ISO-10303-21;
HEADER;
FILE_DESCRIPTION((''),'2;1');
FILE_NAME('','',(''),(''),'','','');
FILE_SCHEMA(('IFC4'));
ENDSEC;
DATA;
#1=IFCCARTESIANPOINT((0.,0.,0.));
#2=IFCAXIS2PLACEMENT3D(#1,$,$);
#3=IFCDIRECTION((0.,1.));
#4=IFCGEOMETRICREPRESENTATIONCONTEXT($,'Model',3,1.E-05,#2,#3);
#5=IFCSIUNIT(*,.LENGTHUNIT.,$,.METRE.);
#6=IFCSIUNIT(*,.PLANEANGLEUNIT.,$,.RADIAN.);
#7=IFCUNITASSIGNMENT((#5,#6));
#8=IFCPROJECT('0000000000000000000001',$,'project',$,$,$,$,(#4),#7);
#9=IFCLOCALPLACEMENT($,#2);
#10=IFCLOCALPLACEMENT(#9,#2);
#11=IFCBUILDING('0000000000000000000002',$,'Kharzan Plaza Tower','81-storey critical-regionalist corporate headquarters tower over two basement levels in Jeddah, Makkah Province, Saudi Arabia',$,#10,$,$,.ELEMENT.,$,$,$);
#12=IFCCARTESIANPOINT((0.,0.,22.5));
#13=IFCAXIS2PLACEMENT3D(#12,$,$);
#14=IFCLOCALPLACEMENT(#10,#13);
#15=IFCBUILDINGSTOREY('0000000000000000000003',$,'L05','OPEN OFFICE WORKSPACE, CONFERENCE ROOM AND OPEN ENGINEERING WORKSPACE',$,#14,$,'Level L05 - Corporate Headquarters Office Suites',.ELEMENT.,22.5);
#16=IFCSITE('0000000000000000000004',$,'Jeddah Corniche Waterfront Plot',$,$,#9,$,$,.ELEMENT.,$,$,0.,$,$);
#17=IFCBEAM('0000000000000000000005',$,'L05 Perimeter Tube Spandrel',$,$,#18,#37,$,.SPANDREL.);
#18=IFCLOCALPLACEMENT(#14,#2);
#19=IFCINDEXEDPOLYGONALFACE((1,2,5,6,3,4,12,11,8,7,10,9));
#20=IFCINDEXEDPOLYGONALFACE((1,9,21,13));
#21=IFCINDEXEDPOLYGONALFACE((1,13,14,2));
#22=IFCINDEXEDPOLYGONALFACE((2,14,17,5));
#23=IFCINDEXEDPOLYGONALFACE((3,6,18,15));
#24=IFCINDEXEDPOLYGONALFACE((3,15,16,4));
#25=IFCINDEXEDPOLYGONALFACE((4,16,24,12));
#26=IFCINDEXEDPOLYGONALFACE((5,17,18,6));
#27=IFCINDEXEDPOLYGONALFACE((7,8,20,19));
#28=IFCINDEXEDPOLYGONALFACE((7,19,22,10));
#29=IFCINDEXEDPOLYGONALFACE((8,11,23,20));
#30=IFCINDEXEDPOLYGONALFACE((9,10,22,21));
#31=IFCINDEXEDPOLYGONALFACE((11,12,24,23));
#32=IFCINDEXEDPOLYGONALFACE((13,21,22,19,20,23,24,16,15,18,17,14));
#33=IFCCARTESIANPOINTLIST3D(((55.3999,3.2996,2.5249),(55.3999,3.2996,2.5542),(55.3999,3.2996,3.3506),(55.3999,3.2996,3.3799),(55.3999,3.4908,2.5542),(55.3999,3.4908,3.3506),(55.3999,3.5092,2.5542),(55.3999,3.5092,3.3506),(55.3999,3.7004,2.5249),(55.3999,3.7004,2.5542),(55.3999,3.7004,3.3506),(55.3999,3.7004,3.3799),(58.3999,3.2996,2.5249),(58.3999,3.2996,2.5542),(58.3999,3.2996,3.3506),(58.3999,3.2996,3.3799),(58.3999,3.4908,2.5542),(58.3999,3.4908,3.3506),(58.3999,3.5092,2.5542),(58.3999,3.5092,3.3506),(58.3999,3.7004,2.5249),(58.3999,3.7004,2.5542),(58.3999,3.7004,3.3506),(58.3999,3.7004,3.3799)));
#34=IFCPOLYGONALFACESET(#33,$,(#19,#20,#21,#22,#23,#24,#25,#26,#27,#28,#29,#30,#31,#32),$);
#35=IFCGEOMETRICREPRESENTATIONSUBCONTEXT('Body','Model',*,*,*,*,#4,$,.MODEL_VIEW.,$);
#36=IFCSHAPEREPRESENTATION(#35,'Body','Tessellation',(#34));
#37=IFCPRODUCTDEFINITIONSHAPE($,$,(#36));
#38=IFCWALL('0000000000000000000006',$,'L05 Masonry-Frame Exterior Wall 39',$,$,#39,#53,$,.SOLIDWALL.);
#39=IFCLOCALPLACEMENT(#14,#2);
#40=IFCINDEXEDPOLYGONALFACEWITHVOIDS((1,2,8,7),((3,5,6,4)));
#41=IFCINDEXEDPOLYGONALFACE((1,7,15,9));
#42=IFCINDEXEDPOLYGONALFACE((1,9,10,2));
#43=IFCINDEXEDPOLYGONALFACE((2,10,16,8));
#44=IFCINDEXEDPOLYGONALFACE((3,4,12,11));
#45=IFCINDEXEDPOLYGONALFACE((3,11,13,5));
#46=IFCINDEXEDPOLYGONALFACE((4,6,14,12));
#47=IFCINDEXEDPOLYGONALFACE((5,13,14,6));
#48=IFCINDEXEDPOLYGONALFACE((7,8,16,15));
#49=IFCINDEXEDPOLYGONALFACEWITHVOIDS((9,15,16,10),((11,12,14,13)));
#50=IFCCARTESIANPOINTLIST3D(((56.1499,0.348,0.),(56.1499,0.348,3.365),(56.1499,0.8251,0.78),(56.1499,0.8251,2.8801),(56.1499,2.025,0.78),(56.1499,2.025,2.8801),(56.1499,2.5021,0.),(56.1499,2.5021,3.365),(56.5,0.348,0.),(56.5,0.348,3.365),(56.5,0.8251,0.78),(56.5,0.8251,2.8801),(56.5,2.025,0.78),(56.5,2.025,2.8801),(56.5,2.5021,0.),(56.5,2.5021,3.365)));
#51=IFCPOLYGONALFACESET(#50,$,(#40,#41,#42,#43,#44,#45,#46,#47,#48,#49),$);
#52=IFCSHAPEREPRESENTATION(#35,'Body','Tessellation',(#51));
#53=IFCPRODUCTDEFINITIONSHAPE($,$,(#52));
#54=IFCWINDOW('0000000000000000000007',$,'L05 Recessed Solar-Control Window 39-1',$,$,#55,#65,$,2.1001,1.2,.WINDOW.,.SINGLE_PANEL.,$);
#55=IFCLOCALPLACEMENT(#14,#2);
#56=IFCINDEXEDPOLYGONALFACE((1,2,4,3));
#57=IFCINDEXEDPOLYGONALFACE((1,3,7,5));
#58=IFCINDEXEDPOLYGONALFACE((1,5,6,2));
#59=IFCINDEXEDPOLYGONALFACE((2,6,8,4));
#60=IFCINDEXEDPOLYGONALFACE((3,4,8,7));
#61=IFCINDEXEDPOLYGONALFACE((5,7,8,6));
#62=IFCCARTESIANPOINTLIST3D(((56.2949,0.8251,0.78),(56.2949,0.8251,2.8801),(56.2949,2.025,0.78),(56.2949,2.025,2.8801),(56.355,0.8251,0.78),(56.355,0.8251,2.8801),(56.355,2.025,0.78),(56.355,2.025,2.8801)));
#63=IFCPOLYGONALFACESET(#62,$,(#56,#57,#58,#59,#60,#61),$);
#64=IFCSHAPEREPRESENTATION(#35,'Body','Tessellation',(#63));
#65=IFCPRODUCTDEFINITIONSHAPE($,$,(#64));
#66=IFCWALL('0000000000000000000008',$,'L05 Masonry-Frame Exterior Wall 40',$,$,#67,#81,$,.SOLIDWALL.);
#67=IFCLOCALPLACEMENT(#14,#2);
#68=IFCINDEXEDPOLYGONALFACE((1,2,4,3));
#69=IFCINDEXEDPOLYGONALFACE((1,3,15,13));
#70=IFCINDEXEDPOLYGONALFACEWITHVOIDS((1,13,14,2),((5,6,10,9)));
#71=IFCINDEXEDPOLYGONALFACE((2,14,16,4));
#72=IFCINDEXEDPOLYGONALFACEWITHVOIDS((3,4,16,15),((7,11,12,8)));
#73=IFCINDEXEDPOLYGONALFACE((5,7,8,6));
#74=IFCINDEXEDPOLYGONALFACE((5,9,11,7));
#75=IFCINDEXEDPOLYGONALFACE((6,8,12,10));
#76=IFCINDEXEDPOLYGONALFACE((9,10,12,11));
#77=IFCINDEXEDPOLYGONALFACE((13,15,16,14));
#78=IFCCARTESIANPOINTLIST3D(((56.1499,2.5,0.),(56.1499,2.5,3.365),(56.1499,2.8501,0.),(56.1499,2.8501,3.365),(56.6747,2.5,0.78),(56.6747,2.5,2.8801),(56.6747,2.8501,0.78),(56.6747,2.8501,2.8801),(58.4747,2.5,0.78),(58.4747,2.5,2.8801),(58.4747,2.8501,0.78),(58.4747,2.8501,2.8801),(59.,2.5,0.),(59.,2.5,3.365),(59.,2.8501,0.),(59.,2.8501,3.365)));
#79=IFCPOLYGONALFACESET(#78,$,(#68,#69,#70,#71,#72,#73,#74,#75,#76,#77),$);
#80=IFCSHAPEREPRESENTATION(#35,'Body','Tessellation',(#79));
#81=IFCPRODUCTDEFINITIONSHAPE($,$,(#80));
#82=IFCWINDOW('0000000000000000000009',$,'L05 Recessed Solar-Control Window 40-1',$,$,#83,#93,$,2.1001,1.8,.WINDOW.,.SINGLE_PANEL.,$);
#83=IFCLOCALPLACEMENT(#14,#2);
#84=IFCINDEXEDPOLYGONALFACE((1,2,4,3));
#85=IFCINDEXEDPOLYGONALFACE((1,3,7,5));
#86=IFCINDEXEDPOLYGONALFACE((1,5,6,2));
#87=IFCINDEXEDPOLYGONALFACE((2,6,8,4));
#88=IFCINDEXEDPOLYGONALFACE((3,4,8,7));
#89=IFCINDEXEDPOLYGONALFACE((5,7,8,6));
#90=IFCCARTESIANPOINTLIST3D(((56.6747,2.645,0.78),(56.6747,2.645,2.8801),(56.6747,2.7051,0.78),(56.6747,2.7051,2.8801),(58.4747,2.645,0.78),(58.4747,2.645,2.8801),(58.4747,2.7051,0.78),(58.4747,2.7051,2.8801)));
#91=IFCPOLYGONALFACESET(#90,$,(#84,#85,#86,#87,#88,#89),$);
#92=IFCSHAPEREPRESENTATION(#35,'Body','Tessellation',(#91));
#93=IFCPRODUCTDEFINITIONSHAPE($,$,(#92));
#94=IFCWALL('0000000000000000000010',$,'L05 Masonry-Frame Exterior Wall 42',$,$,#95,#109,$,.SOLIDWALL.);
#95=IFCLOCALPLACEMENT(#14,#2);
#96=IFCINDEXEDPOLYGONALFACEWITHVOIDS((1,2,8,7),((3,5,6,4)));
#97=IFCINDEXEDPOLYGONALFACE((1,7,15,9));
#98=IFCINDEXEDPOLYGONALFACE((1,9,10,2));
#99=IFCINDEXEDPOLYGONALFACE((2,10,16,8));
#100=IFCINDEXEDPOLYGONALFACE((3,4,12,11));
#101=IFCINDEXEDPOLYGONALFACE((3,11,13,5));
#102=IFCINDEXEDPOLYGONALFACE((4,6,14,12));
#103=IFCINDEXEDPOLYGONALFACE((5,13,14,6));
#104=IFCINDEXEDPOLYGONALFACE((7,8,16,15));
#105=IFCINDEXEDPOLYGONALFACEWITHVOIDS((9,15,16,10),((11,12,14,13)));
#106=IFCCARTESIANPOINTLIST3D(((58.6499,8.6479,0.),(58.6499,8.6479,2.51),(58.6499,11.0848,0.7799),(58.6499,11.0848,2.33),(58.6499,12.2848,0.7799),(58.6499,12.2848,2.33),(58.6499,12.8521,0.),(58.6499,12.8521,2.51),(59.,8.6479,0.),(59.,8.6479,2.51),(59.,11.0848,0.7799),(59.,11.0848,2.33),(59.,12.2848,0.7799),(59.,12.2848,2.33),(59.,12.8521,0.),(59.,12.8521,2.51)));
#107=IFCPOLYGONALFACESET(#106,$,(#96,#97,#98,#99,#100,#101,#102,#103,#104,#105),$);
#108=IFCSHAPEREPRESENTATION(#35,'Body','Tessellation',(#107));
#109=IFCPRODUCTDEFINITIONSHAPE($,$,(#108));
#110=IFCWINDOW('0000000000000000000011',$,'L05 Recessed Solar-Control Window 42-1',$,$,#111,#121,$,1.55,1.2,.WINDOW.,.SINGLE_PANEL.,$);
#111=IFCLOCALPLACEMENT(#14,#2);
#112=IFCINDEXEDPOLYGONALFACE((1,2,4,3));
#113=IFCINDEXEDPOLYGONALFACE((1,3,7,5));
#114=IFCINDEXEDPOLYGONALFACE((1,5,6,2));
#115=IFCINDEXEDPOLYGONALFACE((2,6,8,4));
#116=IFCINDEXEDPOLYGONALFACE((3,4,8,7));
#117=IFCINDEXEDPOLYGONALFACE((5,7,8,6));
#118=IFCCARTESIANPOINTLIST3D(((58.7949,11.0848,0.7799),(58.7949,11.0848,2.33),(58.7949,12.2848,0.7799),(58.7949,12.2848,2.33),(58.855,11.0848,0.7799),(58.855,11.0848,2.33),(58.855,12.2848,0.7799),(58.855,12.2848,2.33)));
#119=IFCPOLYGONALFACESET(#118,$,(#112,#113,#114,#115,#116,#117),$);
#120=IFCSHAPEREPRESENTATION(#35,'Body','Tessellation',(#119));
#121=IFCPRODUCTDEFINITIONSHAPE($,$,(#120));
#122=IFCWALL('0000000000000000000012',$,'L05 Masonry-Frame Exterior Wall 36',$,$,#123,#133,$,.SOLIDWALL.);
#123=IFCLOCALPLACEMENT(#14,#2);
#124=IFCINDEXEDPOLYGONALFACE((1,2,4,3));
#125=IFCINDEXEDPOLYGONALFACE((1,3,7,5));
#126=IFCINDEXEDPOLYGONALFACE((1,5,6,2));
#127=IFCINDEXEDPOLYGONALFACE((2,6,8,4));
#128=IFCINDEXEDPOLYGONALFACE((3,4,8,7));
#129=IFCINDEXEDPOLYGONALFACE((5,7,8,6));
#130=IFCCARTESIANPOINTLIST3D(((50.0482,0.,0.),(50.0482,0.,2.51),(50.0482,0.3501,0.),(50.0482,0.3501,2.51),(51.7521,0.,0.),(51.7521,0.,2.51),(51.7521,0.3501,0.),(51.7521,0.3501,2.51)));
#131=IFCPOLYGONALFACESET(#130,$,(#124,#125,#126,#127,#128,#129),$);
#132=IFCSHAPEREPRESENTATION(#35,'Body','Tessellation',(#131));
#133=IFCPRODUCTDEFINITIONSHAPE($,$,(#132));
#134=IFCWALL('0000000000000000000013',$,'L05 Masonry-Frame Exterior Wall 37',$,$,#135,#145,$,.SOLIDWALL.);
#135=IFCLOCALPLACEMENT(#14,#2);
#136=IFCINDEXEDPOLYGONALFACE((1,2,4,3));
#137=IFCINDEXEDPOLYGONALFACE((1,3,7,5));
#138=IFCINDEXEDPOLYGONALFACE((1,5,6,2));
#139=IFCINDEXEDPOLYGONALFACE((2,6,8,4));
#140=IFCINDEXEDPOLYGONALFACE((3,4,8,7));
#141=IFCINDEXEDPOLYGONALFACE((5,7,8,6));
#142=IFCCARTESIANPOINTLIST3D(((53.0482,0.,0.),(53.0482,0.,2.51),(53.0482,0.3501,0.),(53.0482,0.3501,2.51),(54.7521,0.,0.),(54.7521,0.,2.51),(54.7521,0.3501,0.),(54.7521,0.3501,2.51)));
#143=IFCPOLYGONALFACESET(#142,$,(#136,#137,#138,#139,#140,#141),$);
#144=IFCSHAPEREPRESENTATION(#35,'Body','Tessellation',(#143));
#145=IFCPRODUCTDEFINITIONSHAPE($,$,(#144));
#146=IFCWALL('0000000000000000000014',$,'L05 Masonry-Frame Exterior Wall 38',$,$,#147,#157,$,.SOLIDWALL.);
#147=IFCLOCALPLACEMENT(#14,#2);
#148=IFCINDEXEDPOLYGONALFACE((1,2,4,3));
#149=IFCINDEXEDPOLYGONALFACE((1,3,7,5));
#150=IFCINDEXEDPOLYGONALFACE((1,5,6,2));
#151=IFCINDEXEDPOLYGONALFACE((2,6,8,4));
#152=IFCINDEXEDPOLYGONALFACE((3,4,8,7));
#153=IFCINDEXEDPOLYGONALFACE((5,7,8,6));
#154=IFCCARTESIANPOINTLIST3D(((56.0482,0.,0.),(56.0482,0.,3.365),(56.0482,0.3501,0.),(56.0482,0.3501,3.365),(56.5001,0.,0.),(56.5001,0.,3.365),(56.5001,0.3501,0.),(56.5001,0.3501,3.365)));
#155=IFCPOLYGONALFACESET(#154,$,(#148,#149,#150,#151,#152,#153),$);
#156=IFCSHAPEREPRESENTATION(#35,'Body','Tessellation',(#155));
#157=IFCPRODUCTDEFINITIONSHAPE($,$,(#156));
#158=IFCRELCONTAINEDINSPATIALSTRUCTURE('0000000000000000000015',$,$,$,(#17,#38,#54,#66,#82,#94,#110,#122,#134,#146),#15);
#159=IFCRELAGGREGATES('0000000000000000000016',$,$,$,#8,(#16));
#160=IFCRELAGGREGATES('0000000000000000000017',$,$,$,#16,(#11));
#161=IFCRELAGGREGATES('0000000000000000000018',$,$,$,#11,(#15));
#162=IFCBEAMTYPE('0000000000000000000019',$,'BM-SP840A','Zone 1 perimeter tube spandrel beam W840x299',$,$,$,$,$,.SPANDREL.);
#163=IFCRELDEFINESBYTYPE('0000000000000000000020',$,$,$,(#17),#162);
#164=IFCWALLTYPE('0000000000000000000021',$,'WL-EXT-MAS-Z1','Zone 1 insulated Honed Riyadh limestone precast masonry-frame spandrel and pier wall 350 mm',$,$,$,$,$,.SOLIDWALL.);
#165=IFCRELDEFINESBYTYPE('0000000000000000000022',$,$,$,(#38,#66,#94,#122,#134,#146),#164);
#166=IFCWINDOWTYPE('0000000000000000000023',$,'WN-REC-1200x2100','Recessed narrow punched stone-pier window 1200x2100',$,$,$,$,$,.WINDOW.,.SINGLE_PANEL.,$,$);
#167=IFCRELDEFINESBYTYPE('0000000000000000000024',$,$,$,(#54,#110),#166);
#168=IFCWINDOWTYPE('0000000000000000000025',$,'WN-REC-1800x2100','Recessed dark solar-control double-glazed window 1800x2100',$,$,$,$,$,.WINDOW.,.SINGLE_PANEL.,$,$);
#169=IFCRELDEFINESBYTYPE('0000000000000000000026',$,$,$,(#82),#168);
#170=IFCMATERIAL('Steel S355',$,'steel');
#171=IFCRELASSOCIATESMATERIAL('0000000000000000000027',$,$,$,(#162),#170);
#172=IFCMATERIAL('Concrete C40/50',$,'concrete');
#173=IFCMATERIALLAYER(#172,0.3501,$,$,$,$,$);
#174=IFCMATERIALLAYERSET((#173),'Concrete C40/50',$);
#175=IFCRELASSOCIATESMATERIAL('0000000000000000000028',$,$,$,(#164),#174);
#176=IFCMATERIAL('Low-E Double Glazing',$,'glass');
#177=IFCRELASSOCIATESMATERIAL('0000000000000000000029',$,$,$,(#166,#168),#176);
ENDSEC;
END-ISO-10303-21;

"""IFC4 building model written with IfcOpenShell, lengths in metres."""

from ifc_helpers import new_model, si_unit, direction, frame, frame_2d, origin, origin_2d, place, context, subcontext, project, spatial, rectangle, i_section, extrude, source, transform, mapped, material, layer, layer_set, material_profile, profile_set, type_object, element, fill, save


model = new_model("IFC4")

# Units and contexts
model_context = context("Model", 3, precision=1e-05, world=origin(), true_north=direction((0.0, 1.0)))
body_context = subcontext(model_context, "Body", "Model", "MODEL_VIEW")
ifc_project = project(units=[si_unit("LENGTHUNIT", "METRE"), si_unit("PLANEANGLEUNIT", "RADIAN")], contexts=[model_context])

# Site, building, storey
site_placement = place(None, origin())
site = spatial("IfcSite", under=ifc_project, at=site_placement, Name="Jeddah Corniche Waterfront Plot", CompositionType="ELEMENT", RefElevation=0.0)
building_placement = place(site_placement, origin())
building = spatial("IfcBuilding", under=site, at=building_placement, Name="Kharzan Plaza Tower", Description="81-storey critical-regionalist corporate headquarters tower over two basement levels in Jeddah, Makkah Province, Saudi Arabia", CompositionType="ELEMENT")
storey_placement = place(building_placement, frame((0.0, 0.0, 22.5)))
storey = spatial("IfcBuildingStorey", under=building, at=storey_placement, Name="L05", Description="OPEN OFFICE WORKSPACE, CONFERENCE ROOM AND OPEN ENGINEERING WORKSPACE", LongName="Level L05 - Corporate Headquarters Office Suites", CompositionType="ELEMENT", Elevation=22.5)

# Beam
ifc_material_1 = material(Name="Steel S355", Category="steel")
ifc_material_profile_1 = material_profile(ifc_material_1, i_section(OverallWidth=0.4009, OverallDepth=0.855, WebThickness=0.0183, FlangeThickness=0.0293, at=origin_2d()), Name="W840x299")
ifc_profile_set_1 = profile_set([ifc_material_profile_1], Name="Steel S355")
beam_type_1 = type_object("IfcBeamType", Name="BM-SP840A", Description="Zone 1 perimeter tube spandrel beam W840x299", PredefinedType="SPANDREL", material=ifc_profile_set_1)
shared_shape_1 = source(origin(), body_context, "Body", "SweptSolid", [
    extrude(i_section(OverallWidth=0.4009, OverallDepth=0.855, WebThickness=0.0183, FlangeThickness=0.0293, at=origin_2d()), origin(), (0.0, 0.0, 1.0), 3.0),
])
for number, where, z_axis, x_axis, name in (
    (1, (55.3999, 3.5, 2.9524), (1.0, 0.0, 0.0), (0.0, 1.0, 0.0), "L05 Perimeter Tube Spandrel"),
):
    element("IfcBeam", number, at=place(storey_placement, frame(where, z_axis=z_axis, x_axis=x_axis)), inside=storey, type_object=beam_type_1, Name=name, PredefinedType="SPANDREL", context=body_context, shape_type="MappedRepresentation", body=[
        mapped(shared_shape_1, transform((0.0, 0.0, 0.0), x_axis=(1.0, 0.0, 0.0), y_axis=(0.0, 1.0, 0.0), z_axis=(0.0, 0.0, 1.0))),
    ])

# Walls, openings, windows
ifc_material_2 = material(Name="Concrete C40/50", Category="concrete")
ifc_layer = layer(ifc_material_2, 0.3501)
ifc_layer_set = layer_set([ifc_layer], Name="Concrete C40/50")
wall_type = type_object("IfcWallType", Name="WL-EXT-MAS-Z1", Description="Zone 1 insulated Honed Riyadh limestone precast masonry-frame spandrel and pier wall 350 mm", PredefinedType="SOLIDWALL", material=ifc_layer_set)
wall_1_placement = place(storey_placement, frame((56.325, 0.3479, 0.0), z_axis=(0.0, 0.0, 1.0), x_axis=(0.0, 1.0, 0.0)))
wall_1 = element("IfcWall", 2, at=wall_1_placement, inside=storey, type_object=wall_type, Name="L05 Masonry-Frame Exterior Wall 39", PredefinedType="SOLIDWALL", context=body_context, shape_type="SweptSolid", body=[
    extrude(rectangle(XDim=2.1541, YDim=0.3501, at=frame_2d((1.0771, 0.0))), origin(), (0.0, 0.0, 1.0), 3.365),
])
opening_1_placement = place(wall_1_placement, frame((0.4771, 0.0, 0.78)))
opening_1 = element("IfcOpeningElement", 3, at=opening_1_placement, cuts=wall_1, PredefinedType="OPENING", context=body_context, shape_type="SweptSolid", body=[
    extrude(rectangle(XDim=1.2, YDim=2.1001, at=frame_2d((0.6001, 1.05))), frame((0.0, 0.1851, 0.0), z_axis=(0.0, -1.0, 0.0), x_axis=(1.0, 0.0, 0.0)), (0.0, 0.0, 1.0), 0.3701),
])
ifc_material_3 = material(Name="Low-E Double Glazing", Category="glass")
window_type_1 = type_object("IfcWindowType", Name="WN-REC-1200x2100", Description="Recessed narrow punched stone-pier window 1200x2100", PartitioningType="SINGLE_PANEL", PredefinedType="WINDOW", material=ifc_material_3)
shared_shape_2 = source(origin(), body_context, "Body", "SweptSolid", [
    extrude(rectangle(XDim=1.2, YDim=2.1001, at=frame_2d((0.6001, 1.05))), frame((0.0, 0.03, 0.0), z_axis=(0.0, -1.0, 0.0), x_axis=(1.0, 0.0, 0.0)), (0.0, 0.0, 1.0), 0.0601),
])
window_1_placement = place(opening_1_placement, origin())
window_1 = element("IfcWindow", 4, at=window_1_placement, inside=storey, type_object=window_type_1, Name="L05 Recessed Solar-Control Window 39-1", OverallHeight=2.1001, OverallWidth=1.2, PartitioningType="SINGLE_PANEL", PredefinedType="WINDOW", context=body_context, shape_type="MappedRepresentation", body=[
    mapped(shared_shape_2, transform((0.0, 0.0, 0.0), x_axis=(1.0, 0.0, 0.0), y_axis=(0.0, 1.0, 0.0), z_axis=(0.0, 0.0, 1.0))),
])
fill(opening_1, window_1)
wall_2_placement = place(storey_placement, frame((56.1499, 2.675, 0.0), z_axis=(0.0, 0.0, 1.0), x_axis=(1.0, 0.0, 0.0)))
wall_2 = element("IfcWall", 5, at=wall_2_placement, inside=storey, type_object=wall_type, Name="L05 Masonry-Frame Exterior Wall 40", PredefinedType="SOLIDWALL", context=body_context, shape_type="SweptSolid", body=[
    extrude(rectangle(XDim=2.8501, YDim=0.3501, at=frame_2d((1.425, 0.0))), origin(), (0.0, 0.0, 1.0), 3.365),
])
opening_2_placement = place(wall_2_placement, frame((0.5249, 0.0, 0.78)))
opening_2 = element("IfcOpeningElement", 6, at=opening_2_placement, cuts=wall_2, PredefinedType="OPENING", context=body_context, shape_type="SweptSolid", body=[
    extrude(rectangle(XDim=1.8, YDim=2.1001, at=frame_2d((0.8999, 1.05))), frame((0.0, 0.1851, 0.0), z_axis=(0.0, -1.0, 0.0), x_axis=(1.0, 0.0, 0.0)), (0.0, 0.0, 1.0), 0.3701),
])
window_type_2 = type_object("IfcWindowType", Name="WN-REC-1800x2100", Description="Recessed dark solar-control double-glazed window 1800x2100", PartitioningType="SINGLE_PANEL", PredefinedType="WINDOW", material=ifc_material_3)
shared_shape_3 = source(origin(), body_context, "Body", "SweptSolid", [
    extrude(rectangle(XDim=1.8, YDim=2.1001, at=frame_2d((0.8999, 1.05))), frame((0.0, 0.03, 0.0), z_axis=(0.0, -1.0, 0.0), x_axis=(1.0, 0.0, 0.0)), (0.0, 0.0, 1.0), 0.0601),
])
window_2_placement = place(opening_2_placement, origin())
window_2 = element("IfcWindow", 7, at=window_2_placement, inside=storey, type_object=window_type_2, Name="L05 Recessed Solar-Control Window 40-1", OverallHeight=2.1001, OverallWidth=1.8, PartitioningType="SINGLE_PANEL", PredefinedType="WINDOW", context=body_context, shape_type="MappedRepresentation", body=[
    mapped(shared_shape_3, transform((0.0, 0.0, 0.0), x_axis=(1.0, 0.0, 0.0), y_axis=(0.0, 1.0, 0.0), z_axis=(0.0, 0.0, 1.0))),
])
fill(opening_2, window_2)
wall_3_placement = place(storey_placement, frame((58.825, 8.6479, 0.0), z_axis=(0.0, 0.0, 1.0), x_axis=(0.0, 1.0, 0.0)))
wall_3 = element("IfcWall", 8, at=wall_3_placement, inside=storey, type_object=wall_type, Name="L05 Masonry-Frame Exterior Wall 42", PredefinedType="SOLIDWALL", context=body_context, shape_type="SweptSolid", body=[
    extrude(rectangle(XDim=4.2041, YDim=0.3501, at=frame_2d((2.1021, 0.0))), origin(), (0.0, 0.0, 1.0), 2.51),
])
opening_3_placement = place(wall_3_placement, frame((2.4368, 0.0, 0.78)))
opening_3 = element("IfcOpeningElement", 9, at=opening_3_placement, cuts=wall_3, PredefinedType="OPENING", context=body_context, shape_type="SweptSolid", body=[
    extrude(rectangle(XDim=1.2, YDim=1.55, at=frame_2d((0.6001, 0.7749))), frame((0.0, 0.1851, 0.0), z_axis=(0.0, -1.0, 0.0), x_axis=(1.0, 0.0, 0.0)), (0.0, 0.0, 1.0), 0.3701),
])
shared_shape_4 = source(origin(), body_context, "Body", "SweptSolid", [
    extrude(rectangle(XDim=1.2, YDim=1.55, at=frame_2d((0.6001, 0.7749))), frame((0.0, 0.03, 0.0), z_axis=(0.0, -1.0, 0.0), x_axis=(1.0, 0.0, 0.0)), (0.0, 0.0, 1.0), 0.0601),
])
window_3_placement = place(opening_3_placement, origin())
window_3 = element("IfcWindow", 10, at=window_3_placement, inside=storey, type_object=window_type_1, Name="L05 Recessed Solar-Control Window 42-1", OverallHeight=1.55, OverallWidth=1.2, PartitioningType="SINGLE_PANEL", PredefinedType="WINDOW", context=body_context, shape_type="MappedRepresentation", body=[
    mapped(shared_shape_4, transform((0.0, 0.0, 0.0), x_axis=(1.0, 0.0, 0.0), y_axis=(0.0, 1.0, 0.0), z_axis=(0.0, 0.0, 1.0))),
])
fill(opening_3, window_3)

# Walls
shared_shape_5 = source(origin(), body_context, "Body", "SweptSolid", [
    extrude(rectangle(XDim=1.7039, YDim=0.3501, at=frame_2d((0.8521, 0.0))), origin(), (0.0, 0.0, 1.0), 2.51),
])
for number, where, z_axis, x_axis, name in (
    (11, (50.0481, 0.175, 0.0), (0.0, 0.0, 1.0), (1.0, 0.0, 0.0), "L05 Masonry-Frame Exterior Wall 36"),
    (12, (53.0481, 0.175, 0.0), (0.0, 0.0, 1.0), (1.0, 0.0, 0.0), "L05 Masonry-Frame Exterior Wall 37"),
):
    element("IfcWall", number, at=place(storey_placement, frame(where, z_axis=z_axis, x_axis=x_axis)), inside=storey, type_object=wall_type, Name=name, PredefinedType="SOLIDWALL", context=body_context, shape_type="MappedRepresentation", body=[
        mapped(shared_shape_5, transform((0.0, 0.0, 0.0), x_axis=(1.0, 0.0, 0.0), y_axis=(0.0, 1.0, 0.0), z_axis=(0.0, 0.0, 1.0))),
    ])
shared_shape_6 = source(origin(), body_context, "Body", "SweptSolid", [
    extrude(rectangle(XDim=0.4519, YDim=0.3501, at=frame_2d((0.2261, 0.0))), origin(), (0.0, 0.0, 1.0), 3.365),
])
wall_4_placement = place(storey_placement, frame((56.0481, 0.175, 0.0), z_axis=(0.0, 0.0, 1.0), x_axis=(1.0, 0.0, 0.0)))
element("IfcWall", 13, at=wall_4_placement, inside=storey, type_object=wall_type, Name="L05 Masonry-Frame Exterior Wall 38", PredefinedType="SOLIDWALL", context=body_context, shape_type="MappedRepresentation", body=[
    mapped(shared_shape_6, transform((0.0, 0.0, 0.0), x_axis=(1.0, 0.0, 0.0), y_axis=(0.0, 1.0, 0.0), z_axis=(0.0, 0.0, 1.0))),
])

save(model, "model.ifc")
